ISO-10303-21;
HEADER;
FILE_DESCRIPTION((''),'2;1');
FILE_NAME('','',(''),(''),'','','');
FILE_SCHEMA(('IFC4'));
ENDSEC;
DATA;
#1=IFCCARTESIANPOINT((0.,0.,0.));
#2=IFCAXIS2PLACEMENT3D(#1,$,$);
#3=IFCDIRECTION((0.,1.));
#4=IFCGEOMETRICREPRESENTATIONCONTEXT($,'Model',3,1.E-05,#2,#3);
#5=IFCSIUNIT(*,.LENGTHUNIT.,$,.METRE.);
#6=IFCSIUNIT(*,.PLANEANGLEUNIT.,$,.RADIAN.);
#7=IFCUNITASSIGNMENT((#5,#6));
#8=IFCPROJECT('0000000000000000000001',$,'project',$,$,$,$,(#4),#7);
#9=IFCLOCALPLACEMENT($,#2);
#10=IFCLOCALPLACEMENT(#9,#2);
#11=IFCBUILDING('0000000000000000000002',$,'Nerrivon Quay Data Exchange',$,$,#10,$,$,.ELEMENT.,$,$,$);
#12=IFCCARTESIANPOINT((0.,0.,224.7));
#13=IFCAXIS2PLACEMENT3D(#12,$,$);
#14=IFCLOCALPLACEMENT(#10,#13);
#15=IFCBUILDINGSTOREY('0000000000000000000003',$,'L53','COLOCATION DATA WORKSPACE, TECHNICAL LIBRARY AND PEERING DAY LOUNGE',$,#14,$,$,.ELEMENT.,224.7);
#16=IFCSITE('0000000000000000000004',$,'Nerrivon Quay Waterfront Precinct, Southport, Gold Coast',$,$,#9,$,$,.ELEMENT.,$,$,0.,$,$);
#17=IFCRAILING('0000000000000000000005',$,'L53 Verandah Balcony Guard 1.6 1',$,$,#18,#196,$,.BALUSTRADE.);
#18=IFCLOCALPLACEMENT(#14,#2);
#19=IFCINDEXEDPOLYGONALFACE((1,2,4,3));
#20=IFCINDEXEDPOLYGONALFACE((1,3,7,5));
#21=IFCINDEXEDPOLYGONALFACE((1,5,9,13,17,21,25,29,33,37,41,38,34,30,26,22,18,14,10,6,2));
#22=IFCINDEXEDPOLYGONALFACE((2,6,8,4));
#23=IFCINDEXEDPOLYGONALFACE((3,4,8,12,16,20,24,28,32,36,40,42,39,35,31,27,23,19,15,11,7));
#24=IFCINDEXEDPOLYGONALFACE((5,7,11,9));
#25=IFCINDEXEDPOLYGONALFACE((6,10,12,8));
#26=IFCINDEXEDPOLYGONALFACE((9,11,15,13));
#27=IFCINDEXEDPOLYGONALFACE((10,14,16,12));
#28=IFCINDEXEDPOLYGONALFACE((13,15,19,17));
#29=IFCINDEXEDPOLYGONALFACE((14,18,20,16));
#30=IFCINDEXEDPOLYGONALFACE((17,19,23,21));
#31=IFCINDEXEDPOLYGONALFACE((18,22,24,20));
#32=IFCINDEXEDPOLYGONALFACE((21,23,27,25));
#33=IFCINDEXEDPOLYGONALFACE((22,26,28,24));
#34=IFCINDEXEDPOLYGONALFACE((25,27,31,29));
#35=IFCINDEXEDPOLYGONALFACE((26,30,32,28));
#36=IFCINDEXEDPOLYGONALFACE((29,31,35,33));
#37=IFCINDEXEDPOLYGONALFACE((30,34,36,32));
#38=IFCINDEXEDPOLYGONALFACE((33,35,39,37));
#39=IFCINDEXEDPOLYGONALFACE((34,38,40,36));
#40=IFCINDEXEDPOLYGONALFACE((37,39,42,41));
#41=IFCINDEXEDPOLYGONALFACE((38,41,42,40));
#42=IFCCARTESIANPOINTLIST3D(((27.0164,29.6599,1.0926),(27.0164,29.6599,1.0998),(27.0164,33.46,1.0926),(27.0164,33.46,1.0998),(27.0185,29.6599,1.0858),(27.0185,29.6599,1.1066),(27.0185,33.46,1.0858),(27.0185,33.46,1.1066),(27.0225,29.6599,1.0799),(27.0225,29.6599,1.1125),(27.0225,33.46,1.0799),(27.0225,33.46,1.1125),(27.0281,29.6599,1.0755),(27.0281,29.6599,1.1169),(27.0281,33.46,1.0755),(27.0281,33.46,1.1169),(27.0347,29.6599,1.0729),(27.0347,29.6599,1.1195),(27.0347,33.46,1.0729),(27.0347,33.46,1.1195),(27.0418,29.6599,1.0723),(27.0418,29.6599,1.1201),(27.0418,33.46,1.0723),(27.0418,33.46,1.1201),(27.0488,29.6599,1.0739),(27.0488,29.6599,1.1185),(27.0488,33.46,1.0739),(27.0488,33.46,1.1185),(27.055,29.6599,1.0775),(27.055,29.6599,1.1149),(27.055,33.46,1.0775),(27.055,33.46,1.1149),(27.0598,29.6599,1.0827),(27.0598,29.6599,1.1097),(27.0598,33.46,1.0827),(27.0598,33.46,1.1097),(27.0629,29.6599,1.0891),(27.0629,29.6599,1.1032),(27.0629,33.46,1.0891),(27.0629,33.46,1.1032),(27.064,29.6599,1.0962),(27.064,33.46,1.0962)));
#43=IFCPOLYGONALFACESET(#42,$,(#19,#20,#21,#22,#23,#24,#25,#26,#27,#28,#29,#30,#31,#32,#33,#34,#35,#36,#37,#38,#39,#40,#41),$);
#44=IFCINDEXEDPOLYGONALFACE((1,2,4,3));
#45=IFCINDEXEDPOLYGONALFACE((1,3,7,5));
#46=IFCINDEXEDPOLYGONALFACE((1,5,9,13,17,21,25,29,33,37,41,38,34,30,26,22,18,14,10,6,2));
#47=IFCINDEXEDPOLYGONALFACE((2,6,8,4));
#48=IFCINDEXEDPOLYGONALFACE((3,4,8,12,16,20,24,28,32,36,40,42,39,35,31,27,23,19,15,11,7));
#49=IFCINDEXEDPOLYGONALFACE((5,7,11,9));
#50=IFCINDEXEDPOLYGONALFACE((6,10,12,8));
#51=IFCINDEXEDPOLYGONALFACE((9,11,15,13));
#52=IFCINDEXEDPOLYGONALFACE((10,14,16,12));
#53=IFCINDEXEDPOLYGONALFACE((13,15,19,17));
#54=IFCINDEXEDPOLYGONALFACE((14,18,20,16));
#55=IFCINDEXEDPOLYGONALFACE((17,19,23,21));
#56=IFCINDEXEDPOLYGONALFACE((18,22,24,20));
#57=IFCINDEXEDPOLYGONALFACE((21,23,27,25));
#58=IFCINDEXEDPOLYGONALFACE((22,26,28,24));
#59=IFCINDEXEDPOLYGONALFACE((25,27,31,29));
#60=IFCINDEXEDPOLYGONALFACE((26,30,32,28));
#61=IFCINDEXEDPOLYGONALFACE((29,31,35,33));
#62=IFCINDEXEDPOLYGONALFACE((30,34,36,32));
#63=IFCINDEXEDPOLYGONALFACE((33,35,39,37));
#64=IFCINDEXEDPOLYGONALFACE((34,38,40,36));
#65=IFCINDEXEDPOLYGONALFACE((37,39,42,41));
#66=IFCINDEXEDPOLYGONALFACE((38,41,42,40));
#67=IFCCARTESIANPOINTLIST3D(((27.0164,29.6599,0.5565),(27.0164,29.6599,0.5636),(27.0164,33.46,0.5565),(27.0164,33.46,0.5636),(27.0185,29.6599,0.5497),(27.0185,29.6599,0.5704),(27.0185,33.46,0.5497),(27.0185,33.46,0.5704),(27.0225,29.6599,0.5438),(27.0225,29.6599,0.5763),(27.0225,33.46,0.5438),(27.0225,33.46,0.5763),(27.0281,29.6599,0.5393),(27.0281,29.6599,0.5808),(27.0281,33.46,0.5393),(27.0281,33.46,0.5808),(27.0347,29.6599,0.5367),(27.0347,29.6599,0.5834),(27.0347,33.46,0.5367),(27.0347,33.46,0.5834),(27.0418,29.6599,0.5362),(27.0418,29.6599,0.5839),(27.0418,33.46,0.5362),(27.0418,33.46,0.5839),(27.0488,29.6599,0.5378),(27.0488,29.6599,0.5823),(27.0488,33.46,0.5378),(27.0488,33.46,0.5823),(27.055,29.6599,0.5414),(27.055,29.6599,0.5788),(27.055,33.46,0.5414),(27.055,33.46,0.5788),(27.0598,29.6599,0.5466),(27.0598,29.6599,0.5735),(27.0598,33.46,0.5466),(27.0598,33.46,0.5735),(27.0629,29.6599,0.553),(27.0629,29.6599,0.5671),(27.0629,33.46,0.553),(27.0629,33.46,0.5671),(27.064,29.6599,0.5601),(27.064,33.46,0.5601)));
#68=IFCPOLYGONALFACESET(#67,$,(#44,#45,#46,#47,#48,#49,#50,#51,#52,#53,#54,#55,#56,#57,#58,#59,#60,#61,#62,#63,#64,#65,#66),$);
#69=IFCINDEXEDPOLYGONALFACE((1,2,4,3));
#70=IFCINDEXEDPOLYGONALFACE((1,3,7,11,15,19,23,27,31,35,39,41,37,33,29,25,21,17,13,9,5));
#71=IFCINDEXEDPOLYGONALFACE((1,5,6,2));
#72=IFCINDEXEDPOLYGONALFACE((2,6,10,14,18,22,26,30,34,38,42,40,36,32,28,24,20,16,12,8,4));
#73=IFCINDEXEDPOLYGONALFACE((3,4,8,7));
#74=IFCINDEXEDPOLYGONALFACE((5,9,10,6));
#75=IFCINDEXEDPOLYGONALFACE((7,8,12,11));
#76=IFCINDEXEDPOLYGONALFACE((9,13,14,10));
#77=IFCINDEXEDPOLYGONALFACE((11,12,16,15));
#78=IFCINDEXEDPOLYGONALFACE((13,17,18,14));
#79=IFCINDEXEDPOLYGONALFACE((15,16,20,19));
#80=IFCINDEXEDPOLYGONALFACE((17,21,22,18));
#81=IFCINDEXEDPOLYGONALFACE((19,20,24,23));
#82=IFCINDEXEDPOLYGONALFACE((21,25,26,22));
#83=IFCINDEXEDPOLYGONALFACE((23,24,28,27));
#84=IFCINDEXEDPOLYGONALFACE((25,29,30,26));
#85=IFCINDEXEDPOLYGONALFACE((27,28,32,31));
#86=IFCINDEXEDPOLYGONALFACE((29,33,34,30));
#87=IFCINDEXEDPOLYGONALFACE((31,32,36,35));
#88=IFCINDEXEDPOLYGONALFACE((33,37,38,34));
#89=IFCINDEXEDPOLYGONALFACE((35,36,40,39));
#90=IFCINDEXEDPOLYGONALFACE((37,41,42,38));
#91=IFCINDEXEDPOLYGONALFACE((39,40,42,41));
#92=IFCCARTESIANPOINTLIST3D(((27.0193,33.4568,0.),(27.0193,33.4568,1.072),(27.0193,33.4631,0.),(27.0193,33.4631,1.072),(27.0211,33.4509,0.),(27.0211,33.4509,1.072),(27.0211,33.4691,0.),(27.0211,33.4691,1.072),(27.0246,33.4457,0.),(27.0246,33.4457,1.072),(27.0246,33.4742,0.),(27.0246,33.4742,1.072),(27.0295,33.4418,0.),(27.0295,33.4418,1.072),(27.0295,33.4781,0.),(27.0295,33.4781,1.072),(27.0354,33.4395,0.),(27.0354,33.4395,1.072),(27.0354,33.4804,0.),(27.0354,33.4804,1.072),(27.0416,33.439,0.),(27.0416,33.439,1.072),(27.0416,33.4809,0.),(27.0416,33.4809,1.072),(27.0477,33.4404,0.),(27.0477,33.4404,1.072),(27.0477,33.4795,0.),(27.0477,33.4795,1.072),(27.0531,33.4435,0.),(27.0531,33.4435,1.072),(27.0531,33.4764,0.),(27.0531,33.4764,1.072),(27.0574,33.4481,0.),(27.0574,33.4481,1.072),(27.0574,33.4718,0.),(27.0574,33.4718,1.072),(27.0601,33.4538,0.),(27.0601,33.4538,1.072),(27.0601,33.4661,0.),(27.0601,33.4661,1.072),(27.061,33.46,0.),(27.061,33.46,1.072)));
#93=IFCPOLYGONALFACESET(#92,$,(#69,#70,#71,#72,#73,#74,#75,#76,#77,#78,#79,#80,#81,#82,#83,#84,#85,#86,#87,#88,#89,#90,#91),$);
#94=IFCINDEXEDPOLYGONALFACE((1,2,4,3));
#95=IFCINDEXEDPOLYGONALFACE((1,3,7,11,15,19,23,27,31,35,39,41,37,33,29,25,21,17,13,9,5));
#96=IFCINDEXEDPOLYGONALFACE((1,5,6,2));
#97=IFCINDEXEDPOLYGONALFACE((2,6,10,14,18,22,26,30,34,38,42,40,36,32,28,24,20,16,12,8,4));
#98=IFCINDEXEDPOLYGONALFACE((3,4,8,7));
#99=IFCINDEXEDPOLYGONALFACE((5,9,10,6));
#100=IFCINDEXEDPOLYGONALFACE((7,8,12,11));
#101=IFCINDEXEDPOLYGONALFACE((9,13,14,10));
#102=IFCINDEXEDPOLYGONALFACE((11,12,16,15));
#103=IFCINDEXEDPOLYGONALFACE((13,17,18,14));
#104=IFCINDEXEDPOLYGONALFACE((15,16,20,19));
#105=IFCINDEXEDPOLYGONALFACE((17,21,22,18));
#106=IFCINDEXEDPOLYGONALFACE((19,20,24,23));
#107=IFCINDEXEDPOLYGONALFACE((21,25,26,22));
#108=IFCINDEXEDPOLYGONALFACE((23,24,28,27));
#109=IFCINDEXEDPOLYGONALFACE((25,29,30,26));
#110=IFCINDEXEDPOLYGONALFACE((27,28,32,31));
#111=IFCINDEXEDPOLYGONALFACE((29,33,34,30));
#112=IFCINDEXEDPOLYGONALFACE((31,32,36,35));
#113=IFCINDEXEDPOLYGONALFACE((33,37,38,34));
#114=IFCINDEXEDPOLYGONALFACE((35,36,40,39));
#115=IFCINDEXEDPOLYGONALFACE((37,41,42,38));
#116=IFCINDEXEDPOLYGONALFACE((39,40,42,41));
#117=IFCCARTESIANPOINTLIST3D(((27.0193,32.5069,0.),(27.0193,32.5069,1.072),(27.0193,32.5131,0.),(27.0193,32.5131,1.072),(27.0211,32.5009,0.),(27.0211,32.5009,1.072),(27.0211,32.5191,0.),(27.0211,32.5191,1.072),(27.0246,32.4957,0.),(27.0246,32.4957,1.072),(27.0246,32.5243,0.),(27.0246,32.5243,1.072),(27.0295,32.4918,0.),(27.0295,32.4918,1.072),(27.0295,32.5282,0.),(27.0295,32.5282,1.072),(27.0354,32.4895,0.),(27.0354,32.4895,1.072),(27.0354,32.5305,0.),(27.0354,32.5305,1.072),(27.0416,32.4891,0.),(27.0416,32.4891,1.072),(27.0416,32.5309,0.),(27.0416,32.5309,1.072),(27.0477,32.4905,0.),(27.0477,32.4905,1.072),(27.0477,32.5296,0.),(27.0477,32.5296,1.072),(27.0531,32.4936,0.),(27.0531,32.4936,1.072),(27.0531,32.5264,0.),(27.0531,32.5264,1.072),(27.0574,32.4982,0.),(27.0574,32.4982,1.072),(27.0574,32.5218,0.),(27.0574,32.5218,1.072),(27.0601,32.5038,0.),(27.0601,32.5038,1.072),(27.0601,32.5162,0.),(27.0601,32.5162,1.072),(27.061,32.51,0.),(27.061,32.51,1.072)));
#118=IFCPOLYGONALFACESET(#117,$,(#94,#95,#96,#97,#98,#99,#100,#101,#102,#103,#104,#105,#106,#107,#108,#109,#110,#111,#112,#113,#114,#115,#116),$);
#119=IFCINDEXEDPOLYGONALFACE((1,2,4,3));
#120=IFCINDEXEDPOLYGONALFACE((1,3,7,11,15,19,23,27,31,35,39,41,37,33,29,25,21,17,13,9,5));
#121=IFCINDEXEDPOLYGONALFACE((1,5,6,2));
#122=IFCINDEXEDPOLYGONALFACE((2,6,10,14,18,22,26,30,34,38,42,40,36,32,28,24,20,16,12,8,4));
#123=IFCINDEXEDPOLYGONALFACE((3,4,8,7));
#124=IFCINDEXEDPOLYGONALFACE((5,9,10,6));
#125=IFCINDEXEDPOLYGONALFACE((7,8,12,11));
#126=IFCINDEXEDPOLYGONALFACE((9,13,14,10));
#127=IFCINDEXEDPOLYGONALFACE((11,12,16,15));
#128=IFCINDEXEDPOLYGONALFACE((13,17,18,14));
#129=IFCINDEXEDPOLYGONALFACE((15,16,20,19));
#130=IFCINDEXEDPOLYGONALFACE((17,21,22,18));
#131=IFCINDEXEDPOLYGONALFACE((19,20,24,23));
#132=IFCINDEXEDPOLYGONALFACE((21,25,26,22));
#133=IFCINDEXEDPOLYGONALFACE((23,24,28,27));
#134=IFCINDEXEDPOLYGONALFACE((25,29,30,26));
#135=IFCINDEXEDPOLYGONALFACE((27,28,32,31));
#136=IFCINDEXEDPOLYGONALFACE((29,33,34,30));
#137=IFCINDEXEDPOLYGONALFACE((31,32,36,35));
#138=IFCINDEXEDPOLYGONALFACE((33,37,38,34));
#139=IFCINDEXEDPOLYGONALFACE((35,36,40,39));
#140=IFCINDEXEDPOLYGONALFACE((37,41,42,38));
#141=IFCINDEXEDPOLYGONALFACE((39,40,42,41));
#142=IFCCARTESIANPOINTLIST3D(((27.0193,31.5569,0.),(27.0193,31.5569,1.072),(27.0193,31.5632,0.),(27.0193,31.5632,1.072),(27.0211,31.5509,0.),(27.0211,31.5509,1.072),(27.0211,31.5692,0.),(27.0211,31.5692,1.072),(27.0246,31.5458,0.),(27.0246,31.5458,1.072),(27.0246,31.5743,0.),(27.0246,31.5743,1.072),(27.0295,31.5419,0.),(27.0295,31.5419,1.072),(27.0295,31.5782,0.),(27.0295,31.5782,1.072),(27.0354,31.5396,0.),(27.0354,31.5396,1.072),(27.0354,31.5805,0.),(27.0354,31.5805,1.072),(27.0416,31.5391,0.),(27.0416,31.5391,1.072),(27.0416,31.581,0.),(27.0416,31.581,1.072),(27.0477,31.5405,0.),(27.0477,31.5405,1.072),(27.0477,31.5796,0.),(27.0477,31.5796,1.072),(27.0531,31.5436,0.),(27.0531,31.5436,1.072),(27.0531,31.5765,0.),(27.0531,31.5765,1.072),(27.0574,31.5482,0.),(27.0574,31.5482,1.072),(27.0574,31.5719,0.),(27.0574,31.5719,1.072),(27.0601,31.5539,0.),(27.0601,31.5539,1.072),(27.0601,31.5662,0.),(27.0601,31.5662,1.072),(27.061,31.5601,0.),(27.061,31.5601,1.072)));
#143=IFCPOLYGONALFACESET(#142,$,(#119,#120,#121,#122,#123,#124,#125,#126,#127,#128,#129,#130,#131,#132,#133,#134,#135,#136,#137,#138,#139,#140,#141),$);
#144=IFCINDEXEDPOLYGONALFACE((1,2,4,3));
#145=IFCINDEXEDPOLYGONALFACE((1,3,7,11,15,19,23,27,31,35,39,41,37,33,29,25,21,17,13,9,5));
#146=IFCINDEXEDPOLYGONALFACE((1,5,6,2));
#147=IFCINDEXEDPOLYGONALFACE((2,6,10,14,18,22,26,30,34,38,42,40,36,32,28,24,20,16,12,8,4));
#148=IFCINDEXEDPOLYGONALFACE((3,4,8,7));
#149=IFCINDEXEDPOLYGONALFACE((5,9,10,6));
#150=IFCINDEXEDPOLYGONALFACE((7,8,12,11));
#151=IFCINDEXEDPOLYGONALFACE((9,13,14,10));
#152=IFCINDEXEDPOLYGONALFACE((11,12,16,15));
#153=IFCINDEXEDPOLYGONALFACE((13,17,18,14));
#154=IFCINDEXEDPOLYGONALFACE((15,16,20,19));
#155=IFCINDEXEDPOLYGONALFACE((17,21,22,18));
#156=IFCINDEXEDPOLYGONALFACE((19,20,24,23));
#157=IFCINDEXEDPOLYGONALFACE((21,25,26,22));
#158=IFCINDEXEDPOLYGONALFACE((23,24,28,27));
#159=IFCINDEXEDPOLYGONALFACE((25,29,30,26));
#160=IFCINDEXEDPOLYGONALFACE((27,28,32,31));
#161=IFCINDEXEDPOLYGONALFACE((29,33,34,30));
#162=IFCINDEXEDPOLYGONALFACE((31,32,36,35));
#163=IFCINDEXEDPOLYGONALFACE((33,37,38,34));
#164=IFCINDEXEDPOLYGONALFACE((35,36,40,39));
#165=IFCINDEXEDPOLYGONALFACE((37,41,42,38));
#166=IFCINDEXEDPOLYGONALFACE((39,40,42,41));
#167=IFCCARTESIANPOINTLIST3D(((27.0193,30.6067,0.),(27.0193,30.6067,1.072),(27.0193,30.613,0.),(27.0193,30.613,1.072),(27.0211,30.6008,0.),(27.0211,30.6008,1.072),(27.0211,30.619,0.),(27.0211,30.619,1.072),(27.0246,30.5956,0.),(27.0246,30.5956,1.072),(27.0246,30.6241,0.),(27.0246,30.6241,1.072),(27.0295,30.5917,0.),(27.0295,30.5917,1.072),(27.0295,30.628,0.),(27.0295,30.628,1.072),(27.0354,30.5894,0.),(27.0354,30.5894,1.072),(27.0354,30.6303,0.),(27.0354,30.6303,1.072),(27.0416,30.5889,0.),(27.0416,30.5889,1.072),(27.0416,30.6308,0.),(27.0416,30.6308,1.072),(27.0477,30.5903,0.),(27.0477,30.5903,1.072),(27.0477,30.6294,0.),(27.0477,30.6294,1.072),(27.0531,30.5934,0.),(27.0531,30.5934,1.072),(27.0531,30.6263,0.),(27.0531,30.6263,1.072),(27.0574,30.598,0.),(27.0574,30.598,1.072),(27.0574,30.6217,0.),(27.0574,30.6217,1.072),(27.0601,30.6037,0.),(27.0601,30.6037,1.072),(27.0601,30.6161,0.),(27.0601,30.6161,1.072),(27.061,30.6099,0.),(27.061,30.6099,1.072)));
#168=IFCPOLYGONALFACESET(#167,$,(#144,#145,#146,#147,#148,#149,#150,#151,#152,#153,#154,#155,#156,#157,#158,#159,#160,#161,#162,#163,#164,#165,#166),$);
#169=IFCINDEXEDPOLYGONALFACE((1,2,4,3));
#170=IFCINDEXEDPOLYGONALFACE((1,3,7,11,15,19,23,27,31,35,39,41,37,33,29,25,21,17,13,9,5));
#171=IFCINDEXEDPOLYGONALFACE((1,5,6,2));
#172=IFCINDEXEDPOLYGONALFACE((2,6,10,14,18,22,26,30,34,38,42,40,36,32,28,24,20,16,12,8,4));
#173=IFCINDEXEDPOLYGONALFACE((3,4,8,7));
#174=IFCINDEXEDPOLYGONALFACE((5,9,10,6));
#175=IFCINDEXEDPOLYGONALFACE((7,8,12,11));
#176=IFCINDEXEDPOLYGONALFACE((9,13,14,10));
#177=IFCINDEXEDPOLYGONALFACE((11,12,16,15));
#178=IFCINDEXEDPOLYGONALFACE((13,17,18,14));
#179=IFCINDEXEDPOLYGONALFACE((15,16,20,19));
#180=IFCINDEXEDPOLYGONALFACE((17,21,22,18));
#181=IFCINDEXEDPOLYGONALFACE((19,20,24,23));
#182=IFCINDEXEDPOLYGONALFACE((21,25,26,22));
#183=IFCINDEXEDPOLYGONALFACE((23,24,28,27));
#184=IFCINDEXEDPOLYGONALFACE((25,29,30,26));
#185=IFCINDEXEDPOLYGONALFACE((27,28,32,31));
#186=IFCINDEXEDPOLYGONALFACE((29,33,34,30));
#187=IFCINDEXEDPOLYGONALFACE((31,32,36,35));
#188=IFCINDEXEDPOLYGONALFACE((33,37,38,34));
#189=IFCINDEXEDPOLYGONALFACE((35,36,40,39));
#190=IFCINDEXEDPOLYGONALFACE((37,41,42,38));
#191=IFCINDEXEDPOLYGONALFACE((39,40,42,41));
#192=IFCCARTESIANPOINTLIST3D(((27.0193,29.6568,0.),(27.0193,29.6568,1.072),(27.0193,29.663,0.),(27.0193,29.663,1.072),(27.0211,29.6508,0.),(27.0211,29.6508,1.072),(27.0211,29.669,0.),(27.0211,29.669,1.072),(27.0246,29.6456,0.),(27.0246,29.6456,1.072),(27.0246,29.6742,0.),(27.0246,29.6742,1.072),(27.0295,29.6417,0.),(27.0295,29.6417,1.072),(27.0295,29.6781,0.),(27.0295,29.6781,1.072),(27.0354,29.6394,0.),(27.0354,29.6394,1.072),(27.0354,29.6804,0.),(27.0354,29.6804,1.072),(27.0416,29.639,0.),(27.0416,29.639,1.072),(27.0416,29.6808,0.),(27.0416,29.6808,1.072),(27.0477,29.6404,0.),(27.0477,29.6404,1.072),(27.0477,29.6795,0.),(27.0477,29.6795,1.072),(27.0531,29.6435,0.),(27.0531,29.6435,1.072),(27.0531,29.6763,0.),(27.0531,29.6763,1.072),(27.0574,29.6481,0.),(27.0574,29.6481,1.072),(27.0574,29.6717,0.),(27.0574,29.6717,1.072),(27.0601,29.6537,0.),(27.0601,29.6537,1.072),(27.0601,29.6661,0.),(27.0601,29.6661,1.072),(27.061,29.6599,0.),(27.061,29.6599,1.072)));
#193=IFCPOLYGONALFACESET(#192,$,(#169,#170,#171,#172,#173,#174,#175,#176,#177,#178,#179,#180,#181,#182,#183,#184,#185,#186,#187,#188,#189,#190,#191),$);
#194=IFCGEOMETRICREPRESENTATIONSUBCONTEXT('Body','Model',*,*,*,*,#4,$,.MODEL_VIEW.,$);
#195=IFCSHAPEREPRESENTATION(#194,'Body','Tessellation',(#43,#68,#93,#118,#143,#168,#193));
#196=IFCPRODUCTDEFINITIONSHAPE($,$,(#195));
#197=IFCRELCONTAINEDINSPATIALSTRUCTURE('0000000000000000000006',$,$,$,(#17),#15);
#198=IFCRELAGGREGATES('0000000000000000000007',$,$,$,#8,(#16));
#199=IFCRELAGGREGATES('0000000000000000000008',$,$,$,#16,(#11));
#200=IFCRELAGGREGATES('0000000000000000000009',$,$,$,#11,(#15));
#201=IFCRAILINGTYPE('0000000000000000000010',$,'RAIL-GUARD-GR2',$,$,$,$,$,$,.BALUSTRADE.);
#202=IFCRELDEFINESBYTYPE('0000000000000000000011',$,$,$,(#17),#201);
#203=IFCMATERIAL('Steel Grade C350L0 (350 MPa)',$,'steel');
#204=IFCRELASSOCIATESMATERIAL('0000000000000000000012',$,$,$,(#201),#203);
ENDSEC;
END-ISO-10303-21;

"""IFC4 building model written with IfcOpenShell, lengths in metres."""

from ifc_helpers import new_model, si_unit, direction, frame, origin, origin_2d, place, context, subcontext, project, spatial, circle, extrude, material, type_object, element, save


model = new_model("IFC4")

# Units and contexts
model_context = context("Model", 3, precision=1e-05, world=origin(), true_north=direction((0.0, 1.0)))
body_context = subcontext(model_context, "Body", "Model", "MODEL_VIEW")
ifc_project = project(units=[si_unit("LENGTHUNIT", "METRE"), si_unit("PLANEANGLEUNIT", "RADIAN")], contexts=[model_context])

# Site, building, storey
site_placement = place(None, origin())
site = spatial("IfcSite", under=ifc_project, at=site_placement, Name="Nerrivon Quay Waterfront Precinct, Southport, Gold Coast", CompositionType="ELEMENT", RefElevation=0.0)
building_placement = place(site_placement, origin())
building = spatial("IfcBuilding", under=site, at=building_placement, Name="Nerrivon Quay Data Exchange", CompositionType="ELEMENT")
storey_placement = place(building_placement, frame((0.0, 0.0, 224.7)))
storey = spatial("IfcBuildingStorey", under=building, at=storey_placement, Name="L53", Description="COLOCATION DATA WORKSPACE, TECHNICAL LIBRARY AND PEERING DAY LOUNGE", CompositionType="ELEMENT", Elevation=224.7)

# Shared definitions
ifc_material_1 = material(Name="Steel Grade C350L0 (350 MPa)", Category="steel")

# Railing
railing_type = type_object("IfcRailingType", Name="RAIL-GUARD-GR2", PredefinedType="BALUSTRADE", material=ifc_material_1)
railing_1_placement = place(storey_placement, frame((27.04, 33.46, 0.0)))
element("IfcRailing", 1, at=railing_1_placement, inside=storey, type_object=railing_type, Name="L53 Verandah Balcony Guard 1.6 1", PredefinedType="BALUSTRADE", context=body_context, shape_type="SweptSolid", body=[
    extrude(circle(Radius=0.0239, at=origin_2d()), frame((0.0, 0.0, 1.0962), z_axis=(0.0, -1.0, 0.0), x_axis=(1.0, 0.0, 0.0)), (0.0, 0.0, 1.0), 3.8),
    extrude(circle(Radius=0.0239, at=origin_2d()), frame((0.0, 0.0, 0.5601), z_axis=(0.0, -1.0, 0.0), x_axis=(1.0, 0.0, 0.0)), (0.0, 0.0, 1.0), 3.8),
    extrude(circle(Radius=0.021, at=origin_2d()), origin(), (0.0, 0.0, 1.0), 1.072),
    extrude(circle(Radius=0.021, at=origin_2d()), frame((0.0, -0.95, 0.0)), (0.0, 0.0, 1.0), 1.072),
    extrude(circle(Radius=0.021, at=origin_2d()), frame((0.0, -1.8999, 0.0)), (0.0, 0.0, 1.0), 1.072),
    extrude(circle(Radius=0.021, at=origin_2d()), frame((0.0, -2.8501, 0.0)), (0.0, 0.0, 1.0), 1.072),
    extrude(circle(Radius=0.021, at=origin_2d()), frame((0.0, -3.8, 0.0)), (0.0, 0.0, 1.0), 1.072),
])

save(model, "model.ifc")
